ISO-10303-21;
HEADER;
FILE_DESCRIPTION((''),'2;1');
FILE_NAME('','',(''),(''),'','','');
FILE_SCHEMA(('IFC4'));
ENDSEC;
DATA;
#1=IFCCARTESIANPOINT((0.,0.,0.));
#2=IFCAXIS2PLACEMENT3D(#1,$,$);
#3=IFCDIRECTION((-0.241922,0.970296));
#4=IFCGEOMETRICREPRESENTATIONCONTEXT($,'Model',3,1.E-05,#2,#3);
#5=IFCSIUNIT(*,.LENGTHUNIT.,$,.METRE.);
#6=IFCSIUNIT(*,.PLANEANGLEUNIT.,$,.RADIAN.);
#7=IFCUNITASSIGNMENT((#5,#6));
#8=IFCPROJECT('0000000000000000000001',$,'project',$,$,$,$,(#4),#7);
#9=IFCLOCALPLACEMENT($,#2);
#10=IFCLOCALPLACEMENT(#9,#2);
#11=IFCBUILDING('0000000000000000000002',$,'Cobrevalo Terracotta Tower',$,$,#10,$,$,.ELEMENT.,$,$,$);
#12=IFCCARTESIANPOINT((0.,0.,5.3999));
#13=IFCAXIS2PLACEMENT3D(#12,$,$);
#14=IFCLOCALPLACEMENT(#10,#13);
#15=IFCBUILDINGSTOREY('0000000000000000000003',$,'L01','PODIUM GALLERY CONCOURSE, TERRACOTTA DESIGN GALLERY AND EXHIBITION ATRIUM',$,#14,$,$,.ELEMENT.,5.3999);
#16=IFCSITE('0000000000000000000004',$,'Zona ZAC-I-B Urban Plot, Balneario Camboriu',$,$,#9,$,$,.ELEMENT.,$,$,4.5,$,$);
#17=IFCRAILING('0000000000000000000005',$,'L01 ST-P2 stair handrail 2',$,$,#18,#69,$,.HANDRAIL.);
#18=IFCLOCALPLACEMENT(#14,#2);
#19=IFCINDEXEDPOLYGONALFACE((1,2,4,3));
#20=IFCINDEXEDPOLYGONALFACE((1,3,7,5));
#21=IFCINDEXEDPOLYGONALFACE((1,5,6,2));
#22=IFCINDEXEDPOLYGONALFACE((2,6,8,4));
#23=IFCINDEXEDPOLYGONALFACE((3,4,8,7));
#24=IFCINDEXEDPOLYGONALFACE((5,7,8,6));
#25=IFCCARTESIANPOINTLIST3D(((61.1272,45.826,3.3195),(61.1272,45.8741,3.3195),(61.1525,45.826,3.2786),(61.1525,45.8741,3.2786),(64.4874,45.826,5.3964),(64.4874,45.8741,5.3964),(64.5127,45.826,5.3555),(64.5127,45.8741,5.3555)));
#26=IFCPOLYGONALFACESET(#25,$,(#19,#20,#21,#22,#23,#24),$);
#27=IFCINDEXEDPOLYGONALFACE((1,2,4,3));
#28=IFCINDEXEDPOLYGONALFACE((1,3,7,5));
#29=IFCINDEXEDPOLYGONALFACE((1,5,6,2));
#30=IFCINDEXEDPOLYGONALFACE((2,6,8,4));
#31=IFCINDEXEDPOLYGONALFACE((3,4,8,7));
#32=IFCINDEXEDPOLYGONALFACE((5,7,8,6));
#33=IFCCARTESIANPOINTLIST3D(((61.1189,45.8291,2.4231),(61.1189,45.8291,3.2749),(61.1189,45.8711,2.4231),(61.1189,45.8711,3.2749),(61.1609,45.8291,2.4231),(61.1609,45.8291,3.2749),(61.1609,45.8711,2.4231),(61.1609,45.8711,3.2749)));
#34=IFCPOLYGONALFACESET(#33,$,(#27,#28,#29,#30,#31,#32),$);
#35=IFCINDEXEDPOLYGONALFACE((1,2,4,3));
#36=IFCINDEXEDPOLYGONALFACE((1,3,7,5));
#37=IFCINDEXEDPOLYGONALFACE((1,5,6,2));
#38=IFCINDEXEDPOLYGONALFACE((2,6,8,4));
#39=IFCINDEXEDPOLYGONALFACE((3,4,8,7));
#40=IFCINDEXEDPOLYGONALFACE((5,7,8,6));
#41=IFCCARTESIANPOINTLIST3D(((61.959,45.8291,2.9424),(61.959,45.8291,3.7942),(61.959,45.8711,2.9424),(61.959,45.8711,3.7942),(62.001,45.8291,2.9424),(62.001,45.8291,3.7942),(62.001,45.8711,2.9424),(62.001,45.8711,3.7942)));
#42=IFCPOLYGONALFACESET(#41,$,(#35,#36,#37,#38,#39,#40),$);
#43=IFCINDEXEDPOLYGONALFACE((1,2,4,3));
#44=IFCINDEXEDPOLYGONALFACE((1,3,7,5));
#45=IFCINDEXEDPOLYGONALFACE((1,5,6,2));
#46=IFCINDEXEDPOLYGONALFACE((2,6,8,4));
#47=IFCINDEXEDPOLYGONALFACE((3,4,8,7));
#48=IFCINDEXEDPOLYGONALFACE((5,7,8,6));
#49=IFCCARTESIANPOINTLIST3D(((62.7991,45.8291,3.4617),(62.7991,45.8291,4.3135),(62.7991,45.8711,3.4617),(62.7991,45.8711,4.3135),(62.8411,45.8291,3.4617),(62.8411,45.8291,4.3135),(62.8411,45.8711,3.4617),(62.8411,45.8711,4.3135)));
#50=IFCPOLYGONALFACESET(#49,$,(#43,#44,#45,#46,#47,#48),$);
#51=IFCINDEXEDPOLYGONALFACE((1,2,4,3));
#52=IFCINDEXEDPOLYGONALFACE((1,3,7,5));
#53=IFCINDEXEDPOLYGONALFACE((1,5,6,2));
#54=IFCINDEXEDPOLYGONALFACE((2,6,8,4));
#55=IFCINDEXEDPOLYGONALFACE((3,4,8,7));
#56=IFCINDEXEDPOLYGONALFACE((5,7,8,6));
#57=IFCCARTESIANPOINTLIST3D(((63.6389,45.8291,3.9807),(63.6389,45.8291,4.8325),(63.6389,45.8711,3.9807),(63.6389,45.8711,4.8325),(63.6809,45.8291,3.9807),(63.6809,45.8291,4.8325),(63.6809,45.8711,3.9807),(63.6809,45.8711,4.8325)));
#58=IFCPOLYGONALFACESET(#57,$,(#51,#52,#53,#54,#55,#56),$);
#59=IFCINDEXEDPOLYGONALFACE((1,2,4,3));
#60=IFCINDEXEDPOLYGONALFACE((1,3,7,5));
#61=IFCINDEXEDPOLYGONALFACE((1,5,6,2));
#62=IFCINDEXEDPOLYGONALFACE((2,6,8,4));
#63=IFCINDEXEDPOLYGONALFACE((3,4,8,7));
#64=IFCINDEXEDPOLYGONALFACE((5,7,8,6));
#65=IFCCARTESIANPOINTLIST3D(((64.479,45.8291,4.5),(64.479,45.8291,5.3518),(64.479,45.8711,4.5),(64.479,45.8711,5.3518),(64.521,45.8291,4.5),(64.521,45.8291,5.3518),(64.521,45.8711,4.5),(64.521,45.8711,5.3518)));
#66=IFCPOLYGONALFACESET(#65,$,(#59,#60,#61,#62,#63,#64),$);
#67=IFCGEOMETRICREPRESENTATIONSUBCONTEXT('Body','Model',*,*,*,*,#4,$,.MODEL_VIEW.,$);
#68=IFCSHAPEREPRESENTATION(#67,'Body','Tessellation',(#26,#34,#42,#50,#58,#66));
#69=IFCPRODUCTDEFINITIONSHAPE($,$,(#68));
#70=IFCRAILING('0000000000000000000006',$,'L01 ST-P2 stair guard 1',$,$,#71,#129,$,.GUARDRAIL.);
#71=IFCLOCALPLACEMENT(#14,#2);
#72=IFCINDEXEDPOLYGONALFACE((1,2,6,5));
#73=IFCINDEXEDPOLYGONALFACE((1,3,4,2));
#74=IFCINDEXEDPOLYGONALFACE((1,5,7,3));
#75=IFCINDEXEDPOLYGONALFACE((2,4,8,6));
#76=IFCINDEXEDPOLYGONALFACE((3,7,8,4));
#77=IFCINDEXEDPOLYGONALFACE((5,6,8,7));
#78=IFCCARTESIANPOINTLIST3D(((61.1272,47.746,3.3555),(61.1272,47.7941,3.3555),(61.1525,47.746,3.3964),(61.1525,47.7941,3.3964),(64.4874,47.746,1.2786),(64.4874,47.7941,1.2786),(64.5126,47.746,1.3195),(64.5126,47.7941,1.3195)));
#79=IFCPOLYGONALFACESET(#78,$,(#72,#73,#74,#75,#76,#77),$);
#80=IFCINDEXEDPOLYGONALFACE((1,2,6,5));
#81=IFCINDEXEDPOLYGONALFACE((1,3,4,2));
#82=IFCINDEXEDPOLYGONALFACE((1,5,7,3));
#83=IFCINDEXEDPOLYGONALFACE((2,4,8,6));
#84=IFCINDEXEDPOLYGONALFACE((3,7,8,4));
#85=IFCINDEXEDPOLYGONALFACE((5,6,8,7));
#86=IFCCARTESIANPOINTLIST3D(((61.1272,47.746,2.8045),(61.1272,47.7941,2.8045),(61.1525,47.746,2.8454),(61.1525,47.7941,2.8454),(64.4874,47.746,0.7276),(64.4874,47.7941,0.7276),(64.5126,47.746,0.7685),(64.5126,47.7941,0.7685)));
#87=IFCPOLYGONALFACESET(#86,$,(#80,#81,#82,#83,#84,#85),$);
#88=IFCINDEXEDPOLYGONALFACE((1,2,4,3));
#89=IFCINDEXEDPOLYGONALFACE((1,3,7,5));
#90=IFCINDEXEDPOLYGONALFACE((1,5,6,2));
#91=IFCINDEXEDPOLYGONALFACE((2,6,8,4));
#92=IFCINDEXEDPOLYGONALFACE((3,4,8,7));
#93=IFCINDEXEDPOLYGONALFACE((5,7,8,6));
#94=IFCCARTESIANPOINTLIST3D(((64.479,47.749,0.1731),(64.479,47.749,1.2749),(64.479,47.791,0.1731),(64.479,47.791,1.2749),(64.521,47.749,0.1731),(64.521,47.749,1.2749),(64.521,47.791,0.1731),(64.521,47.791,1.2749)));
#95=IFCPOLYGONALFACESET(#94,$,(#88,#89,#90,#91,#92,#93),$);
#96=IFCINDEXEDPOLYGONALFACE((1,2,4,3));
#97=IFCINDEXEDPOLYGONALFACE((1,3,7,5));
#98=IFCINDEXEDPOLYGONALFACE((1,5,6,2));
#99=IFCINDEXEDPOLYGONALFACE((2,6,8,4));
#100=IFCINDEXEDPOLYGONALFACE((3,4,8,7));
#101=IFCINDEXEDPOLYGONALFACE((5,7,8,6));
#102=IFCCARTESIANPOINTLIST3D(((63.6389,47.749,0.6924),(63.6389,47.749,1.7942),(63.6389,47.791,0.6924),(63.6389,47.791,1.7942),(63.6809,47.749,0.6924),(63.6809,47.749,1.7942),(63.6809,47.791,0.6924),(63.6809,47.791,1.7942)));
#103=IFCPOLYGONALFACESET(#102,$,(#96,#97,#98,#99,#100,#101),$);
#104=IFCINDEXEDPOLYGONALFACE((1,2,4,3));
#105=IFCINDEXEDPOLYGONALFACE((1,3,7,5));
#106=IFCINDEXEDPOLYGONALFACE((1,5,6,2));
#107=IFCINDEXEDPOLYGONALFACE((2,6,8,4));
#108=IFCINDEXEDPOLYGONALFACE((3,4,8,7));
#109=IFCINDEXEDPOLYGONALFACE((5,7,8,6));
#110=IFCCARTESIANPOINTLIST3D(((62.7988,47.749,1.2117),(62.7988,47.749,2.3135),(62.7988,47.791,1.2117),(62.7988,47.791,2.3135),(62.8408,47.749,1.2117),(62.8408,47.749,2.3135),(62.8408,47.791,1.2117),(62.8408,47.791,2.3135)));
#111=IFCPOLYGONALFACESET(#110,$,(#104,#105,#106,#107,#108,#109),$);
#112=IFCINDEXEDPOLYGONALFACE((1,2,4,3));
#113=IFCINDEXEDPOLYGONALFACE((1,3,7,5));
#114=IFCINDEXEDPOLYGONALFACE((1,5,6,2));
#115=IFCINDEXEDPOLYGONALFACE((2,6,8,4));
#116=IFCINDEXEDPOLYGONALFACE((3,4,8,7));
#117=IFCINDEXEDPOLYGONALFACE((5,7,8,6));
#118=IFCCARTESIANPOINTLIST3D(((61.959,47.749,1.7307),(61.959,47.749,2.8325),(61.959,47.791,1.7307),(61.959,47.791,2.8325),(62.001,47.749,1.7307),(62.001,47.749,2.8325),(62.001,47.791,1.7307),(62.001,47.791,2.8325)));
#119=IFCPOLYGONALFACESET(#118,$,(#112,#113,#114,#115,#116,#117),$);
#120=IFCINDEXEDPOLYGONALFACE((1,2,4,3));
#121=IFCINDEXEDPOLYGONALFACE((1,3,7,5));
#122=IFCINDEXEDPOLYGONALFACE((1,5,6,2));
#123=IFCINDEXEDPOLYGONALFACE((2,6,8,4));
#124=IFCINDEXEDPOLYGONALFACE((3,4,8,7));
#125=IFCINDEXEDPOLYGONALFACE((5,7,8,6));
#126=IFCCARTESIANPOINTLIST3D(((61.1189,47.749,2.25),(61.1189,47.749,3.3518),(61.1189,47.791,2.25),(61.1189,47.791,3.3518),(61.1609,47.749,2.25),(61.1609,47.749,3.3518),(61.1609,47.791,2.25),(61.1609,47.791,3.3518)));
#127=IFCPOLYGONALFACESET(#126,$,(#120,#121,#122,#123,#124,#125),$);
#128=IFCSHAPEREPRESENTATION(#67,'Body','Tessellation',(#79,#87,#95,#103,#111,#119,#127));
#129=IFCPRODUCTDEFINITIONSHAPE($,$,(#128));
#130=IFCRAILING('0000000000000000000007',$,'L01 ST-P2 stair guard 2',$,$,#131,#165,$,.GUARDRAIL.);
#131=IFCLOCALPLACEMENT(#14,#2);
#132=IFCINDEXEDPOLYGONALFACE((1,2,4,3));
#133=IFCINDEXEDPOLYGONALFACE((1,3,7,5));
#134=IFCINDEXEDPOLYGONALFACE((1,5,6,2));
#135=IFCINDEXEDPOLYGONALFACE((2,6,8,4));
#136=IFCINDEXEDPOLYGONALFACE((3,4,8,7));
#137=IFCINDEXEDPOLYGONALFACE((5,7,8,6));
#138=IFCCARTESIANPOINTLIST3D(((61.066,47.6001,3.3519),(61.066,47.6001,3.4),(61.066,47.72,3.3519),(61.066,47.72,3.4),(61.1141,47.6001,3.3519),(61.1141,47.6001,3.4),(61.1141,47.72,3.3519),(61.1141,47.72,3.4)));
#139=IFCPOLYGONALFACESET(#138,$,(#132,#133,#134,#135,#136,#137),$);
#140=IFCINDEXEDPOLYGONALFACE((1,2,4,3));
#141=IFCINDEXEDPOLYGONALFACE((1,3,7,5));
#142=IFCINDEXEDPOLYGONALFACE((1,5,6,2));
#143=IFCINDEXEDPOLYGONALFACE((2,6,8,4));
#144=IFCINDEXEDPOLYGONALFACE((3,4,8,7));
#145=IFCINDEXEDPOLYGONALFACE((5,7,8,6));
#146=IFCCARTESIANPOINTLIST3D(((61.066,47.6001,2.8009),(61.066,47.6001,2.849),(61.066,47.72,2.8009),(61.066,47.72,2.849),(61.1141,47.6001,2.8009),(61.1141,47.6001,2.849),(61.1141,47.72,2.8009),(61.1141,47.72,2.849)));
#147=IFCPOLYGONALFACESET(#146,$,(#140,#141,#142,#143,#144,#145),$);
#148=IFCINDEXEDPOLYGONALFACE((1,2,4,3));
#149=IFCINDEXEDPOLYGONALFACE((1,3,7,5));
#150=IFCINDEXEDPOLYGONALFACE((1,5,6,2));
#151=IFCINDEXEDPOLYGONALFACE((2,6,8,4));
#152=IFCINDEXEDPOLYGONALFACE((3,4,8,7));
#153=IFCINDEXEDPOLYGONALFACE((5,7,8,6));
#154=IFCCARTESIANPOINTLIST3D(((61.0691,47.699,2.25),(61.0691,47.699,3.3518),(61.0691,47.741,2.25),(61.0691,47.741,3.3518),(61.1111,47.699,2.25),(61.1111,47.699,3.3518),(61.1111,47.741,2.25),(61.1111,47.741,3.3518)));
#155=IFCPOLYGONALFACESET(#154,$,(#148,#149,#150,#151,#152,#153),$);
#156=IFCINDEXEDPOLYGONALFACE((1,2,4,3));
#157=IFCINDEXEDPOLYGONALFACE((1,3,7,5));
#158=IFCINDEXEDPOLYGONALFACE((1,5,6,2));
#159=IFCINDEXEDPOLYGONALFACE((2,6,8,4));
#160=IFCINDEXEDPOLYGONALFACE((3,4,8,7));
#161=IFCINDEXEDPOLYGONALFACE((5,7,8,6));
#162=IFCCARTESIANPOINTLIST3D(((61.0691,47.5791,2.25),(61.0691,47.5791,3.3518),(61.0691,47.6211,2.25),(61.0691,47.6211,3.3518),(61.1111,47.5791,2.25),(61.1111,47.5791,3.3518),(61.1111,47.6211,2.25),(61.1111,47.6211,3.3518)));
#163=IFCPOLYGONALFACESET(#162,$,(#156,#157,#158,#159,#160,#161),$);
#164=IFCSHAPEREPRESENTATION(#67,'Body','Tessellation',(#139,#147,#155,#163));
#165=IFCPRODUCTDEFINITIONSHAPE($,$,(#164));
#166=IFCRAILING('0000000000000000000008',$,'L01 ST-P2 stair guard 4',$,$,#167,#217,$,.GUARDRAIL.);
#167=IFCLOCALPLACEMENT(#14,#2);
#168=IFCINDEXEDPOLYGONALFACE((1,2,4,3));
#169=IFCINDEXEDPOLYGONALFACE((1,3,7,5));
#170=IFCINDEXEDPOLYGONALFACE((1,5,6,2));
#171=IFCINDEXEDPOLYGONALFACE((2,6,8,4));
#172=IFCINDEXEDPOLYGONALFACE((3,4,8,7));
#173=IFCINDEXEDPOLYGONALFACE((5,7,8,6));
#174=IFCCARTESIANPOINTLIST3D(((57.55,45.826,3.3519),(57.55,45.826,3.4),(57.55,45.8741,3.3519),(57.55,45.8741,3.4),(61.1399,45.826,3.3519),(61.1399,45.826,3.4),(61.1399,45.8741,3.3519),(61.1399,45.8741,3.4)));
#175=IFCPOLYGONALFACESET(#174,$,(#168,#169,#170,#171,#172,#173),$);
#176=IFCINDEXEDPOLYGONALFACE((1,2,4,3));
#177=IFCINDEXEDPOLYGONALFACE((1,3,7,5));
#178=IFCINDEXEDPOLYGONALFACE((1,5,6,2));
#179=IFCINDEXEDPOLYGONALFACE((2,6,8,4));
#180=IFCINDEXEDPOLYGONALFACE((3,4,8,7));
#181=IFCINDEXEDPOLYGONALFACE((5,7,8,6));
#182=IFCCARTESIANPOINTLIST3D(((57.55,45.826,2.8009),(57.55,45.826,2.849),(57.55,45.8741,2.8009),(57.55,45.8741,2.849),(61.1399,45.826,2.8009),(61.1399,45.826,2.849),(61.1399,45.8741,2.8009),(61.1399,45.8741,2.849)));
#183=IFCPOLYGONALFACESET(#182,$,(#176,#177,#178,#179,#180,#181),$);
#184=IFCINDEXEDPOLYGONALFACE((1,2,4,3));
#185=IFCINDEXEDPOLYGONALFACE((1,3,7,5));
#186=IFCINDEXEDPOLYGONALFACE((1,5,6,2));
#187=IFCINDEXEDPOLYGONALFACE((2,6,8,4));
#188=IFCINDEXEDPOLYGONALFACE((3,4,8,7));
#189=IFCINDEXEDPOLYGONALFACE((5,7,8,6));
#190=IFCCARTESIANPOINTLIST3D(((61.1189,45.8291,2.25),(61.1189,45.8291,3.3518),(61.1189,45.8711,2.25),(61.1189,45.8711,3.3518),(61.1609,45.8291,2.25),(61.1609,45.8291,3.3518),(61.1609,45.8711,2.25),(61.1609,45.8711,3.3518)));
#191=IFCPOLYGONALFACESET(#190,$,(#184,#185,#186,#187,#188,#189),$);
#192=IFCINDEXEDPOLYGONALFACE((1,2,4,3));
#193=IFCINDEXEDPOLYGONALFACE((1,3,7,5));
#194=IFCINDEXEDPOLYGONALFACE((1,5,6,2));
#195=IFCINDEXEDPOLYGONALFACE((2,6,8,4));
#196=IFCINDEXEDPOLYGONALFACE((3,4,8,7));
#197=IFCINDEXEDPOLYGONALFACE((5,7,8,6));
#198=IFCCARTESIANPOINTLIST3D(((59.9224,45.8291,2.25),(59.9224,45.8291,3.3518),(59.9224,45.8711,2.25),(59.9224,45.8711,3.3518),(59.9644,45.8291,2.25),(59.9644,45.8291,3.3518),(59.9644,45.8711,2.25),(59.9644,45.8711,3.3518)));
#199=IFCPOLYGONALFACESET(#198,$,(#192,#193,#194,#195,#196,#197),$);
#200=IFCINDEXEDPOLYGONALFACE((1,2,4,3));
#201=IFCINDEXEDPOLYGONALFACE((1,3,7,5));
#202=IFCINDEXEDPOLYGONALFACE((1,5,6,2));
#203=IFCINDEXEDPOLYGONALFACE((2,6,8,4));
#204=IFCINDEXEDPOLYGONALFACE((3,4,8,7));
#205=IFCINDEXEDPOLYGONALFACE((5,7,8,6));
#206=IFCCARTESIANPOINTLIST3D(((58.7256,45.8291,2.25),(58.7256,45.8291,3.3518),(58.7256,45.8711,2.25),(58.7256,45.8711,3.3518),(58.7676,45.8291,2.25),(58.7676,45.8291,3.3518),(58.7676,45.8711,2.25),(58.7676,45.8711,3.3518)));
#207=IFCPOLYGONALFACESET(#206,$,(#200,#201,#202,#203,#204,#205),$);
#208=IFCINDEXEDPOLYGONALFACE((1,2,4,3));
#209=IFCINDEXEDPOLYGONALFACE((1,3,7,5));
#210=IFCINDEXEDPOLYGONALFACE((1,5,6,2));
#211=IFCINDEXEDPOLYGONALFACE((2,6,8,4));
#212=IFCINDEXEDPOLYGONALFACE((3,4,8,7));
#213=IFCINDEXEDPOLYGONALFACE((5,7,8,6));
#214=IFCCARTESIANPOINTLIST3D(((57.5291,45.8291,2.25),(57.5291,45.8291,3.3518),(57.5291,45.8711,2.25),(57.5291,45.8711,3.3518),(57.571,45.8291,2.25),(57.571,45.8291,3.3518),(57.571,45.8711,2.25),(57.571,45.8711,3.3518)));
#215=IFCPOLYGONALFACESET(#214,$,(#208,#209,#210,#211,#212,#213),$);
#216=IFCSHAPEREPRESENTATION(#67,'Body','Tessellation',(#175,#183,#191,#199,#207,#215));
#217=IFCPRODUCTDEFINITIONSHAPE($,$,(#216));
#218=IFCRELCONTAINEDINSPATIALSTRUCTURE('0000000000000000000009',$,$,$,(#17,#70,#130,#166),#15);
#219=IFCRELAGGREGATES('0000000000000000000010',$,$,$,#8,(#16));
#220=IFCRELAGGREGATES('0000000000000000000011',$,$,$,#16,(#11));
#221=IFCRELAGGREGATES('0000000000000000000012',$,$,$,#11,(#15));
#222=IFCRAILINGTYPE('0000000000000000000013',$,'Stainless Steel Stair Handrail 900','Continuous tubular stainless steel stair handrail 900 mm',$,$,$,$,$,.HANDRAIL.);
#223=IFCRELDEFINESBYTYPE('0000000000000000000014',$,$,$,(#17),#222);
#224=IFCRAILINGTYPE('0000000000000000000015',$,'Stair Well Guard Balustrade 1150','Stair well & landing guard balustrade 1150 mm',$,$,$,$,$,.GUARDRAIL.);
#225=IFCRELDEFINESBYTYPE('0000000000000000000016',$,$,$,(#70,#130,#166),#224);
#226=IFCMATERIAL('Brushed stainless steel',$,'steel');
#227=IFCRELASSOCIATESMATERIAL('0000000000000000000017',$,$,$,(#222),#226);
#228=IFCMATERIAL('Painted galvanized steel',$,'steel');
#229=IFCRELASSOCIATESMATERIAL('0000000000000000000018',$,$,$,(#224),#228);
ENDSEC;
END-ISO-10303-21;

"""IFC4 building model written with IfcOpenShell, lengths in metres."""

from ifc_helpers import new_model, si_unit, direction, frame, origin, origin_2d, place, context, subcontext, project, spatial, rectangle, extrude, material, type_object, element, save


model = new_model("IFC4")

# Units and contexts
model_context = context("Model", 3, precision=1e-05, world=origin(), true_north=direction((-0.241922, 0.970296)))
body_context = subcontext(model_context, "Body", "Model", "MODEL_VIEW")
ifc_project = project(units=[si_unit("LENGTHUNIT", "METRE"), si_unit("PLANEANGLEUNIT", "RADIAN")], contexts=[model_context])

# Site, building, storey
site_placement = place(None, origin())
site = spatial("IfcSite", under=ifc_project, at=site_placement, Name="Zona ZAC-I-B Urban Plot, Balneario Camboriu", CompositionType="ELEMENT", RefElevation=4.5)
building_placement = place(site_placement, origin())
building = spatial("IfcBuilding", under=site, at=building_placement, Name="Cobrevalo Terracotta Tower", CompositionType="ELEMENT")
storey_placement = place(building_placement, frame((0.0, 0.0, 5.3999)))
storey = spatial("IfcBuildingStorey", under=building, at=storey_placement, Name="L01", Description="PODIUM GALLERY CONCOURSE, TERRACOTTA DESIGN GALLERY AND EXHIBITION ATRIUM", CompositionType="ELEMENT", Elevation=5.3999)

# Railings
ifc_material_1 = material(Name="Brushed stainless steel", Category="steel")
railing_type_1 = type_object("IfcRailingType", Name="Stainless Steel Stair Handrail 900", Description="Continuous tubular stainless steel stair handrail 900 mm", PredefinedType="HANDRAIL", material=ifc_material_1)
railing_1_placement = place(storey_placement, frame((61.1399, 45.8501, 2.4231)))
element("IfcRailing", 1, at=railing_1_placement, inside=storey, type_object=railing_type_1, Name="L01 ST-P2 stair handrail 2", PredefinedType="HANDRAIL", context=body_context, shape_type="SweptSolid", body=[
    extrude(rectangle(XDim=0.0481, YDim=0.0481, at=origin_2d()), frame((0.0, 0.0, 0.876), z_axis=(0.850623, 0.0, 0.525776), x_axis=(0.0, 1.0, 0.0)), (0.0, 0.0, 1.0), 3.9502),
    extrude(rectangle(XDim=0.042, YDim=0.042, at=origin_2d()), origin(), (0.0, 0.0, 1.0), 0.8518),
    extrude(rectangle(XDim=0.042, YDim=0.042, at=origin_2d()), frame((0.8401, 0.0, 0.5193)), (0.0, 0.0, 1.0), 0.8518),
    extrude(rectangle(XDim=0.042, YDim=0.042, at=origin_2d()), frame((1.6802, 0.0, 1.0386)), (0.0, 0.0, 1.0), 0.8518),
    extrude(rectangle(XDim=0.042, YDim=0.042, at=origin_2d()), frame((2.52, 0.0, 1.5576)), (0.0, 0.0, 1.0), 0.8518),
    extrude(rectangle(XDim=0.042, YDim=0.042, at=origin_2d()), frame((3.3601, 0.0, 2.0769)), (0.0, 0.0, 1.0), 0.8518),
])
ifc_material_2 = material(Name="Painted galvanized steel", Category="steel")
railing_type_2 = type_object("IfcRailingType", Name="Stair Well Guard Balustrade 1150", Description="Stair well & landing guard balustrade 1150 mm", PredefinedType="GUARDRAIL", material=ifc_material_2)
railing_2_placement = place(storey_placement, frame((64.5, 47.77, 0.1731)))
element("IfcRailing", 2, at=railing_2_placement, inside=storey, type_object=railing_type_2, Name="L01 ST-P2 stair guard 1", PredefinedType="GUARDRAIL", context=body_context, shape_type="SweptSolid", body=[
    extrude(rectangle(XDim=0.0481, YDim=0.0481, at=origin_2d()), frame((0.0, 0.0, 1.126), z_axis=(-0.850623, 0.0, 0.525776), x_axis=(0.0, -1.0, 0.0)), (0.0, 0.0, 1.0), 3.9502),
    extrude(rectangle(XDim=0.0481, YDim=0.0481, at=origin_2d()), frame((0.0, 0.0, 0.575), z_axis=(-0.850623, 0.0, 0.525776), x_axis=(0.0, -1.0, 0.0)), (0.0, 0.0, 1.0), 3.9502),
    extrude(rectangle(XDim=0.042, YDim=0.042, at=origin_2d()), origin(), (0.0, 0.0, 1.0), 1.1018),
    extrude(rectangle(XDim=0.042, YDim=0.042, at=origin_2d()), frame((-0.8401, 0.0, 0.5193)), (0.0, 0.0, 1.0), 1.1018),
    extrude(rectangle(XDim=0.042, YDim=0.042, at=origin_2d()), frame((-1.6802, 0.0, 1.0386)), (0.0, 0.0, 1.0), 1.1018),
    extrude(rectangle(XDim=0.042, YDim=0.042, at=origin_2d()), frame((-2.52, 0.0, 1.5576)), (0.0, 0.0, 1.0), 1.1018),
    extrude(rectangle(XDim=0.042, YDim=0.042, at=origin_2d()), frame((-3.3601, 0.0, 2.0769)), (0.0, 0.0, 1.0), 1.1018),
])
railing_3_placement = place(storey_placement, frame((61.0901, 47.72, 2.25)))
element("IfcRailing", 3, at=railing_3_placement, inside=storey, type_object=railing_type_2, Name="L01 ST-P2 stair guard 2", PredefinedType="GUARDRAIL", context=body_context, shape_type="SweptSolid", body=[
    extrude(rectangle(XDim=0.0481, YDim=0.0481, at=origin_2d()), frame((0.0, 0.0, 1.126), z_axis=(0.0, -1.0, 0.0), x_axis=(1.0, 0.0, 0.0)), (0.0, 0.0, 1.0), 0.1199),
    extrude(rectangle(XDim=0.0481, YDim=0.0481, at=origin_2d()), frame((0.0, 0.0, 0.575), z_axis=(0.0, -1.0, 0.0), x_axis=(1.0, 0.0, 0.0)), (0.0, 0.0, 1.0), 0.1199),
    extrude(rectangle(XDim=0.042, YDim=0.042, at=origin_2d()), origin(), (0.0, 0.0, 1.0), 1.1018),
    extrude(rectangle(XDim=0.042, YDim=0.042, at=origin_2d()), frame((0.0, -0.1199, 0.0)), (0.0, 0.0, 1.0), 1.1018),
])
railing_4_placement = place(storey_placement, frame((61.1399, 45.8501, 2.25)))
element("IfcRailing", 4, at=railing_4_placement, inside=storey, type_object=railing_type_2, Name="L01 ST-P2 stair guard 4", PredefinedType="GUARDRAIL", context=body_context, shape_type="SweptSolid", body=[
    extrude(rectangle(XDim=0.0481, YDim=0.0481, at=origin_2d()), frame((0.0, 0.0, 1.126), z_axis=(-1.0, 0.0, 0.0), x_axis=(0.0, -1.0, 0.0)), (0.0, 0.0, 1.0), 3.5898),
    extrude(rectangle(XDim=0.0481, YDim=0.0481, at=origin_2d()), frame((0.0, 0.0, 0.575), z_axis=(-1.0, 0.0, 0.0), x_axis=(0.0, -1.0, 0.0)), (0.0, 0.0, 1.0), 3.5898),
    extrude(rectangle(XDim=0.042, YDim=0.042, at=origin_2d()), origin(), (0.0, 0.0, 1.0), 1.1018),
    extrude(rectangle(XDim=0.042, YDim=0.042, at=origin_2d()), frame((-1.1965, 0.0, 0.0)), (0.0, 0.0, 1.0), 1.1018),
    extrude(rectangle(XDim=0.042, YDim=0.042, at=origin_2d()), frame((-2.3933, 0.0, 0.0)), (0.0, 0.0, 1.0), 1.1018),
    extrude(rectangle(XDim=0.042, YDim=0.042, at=origin_2d()), frame((-3.5898, 0.0, 0.0)), (0.0, 0.0, 1.0), 1.1018),
])

save(model, "model.ifc")
